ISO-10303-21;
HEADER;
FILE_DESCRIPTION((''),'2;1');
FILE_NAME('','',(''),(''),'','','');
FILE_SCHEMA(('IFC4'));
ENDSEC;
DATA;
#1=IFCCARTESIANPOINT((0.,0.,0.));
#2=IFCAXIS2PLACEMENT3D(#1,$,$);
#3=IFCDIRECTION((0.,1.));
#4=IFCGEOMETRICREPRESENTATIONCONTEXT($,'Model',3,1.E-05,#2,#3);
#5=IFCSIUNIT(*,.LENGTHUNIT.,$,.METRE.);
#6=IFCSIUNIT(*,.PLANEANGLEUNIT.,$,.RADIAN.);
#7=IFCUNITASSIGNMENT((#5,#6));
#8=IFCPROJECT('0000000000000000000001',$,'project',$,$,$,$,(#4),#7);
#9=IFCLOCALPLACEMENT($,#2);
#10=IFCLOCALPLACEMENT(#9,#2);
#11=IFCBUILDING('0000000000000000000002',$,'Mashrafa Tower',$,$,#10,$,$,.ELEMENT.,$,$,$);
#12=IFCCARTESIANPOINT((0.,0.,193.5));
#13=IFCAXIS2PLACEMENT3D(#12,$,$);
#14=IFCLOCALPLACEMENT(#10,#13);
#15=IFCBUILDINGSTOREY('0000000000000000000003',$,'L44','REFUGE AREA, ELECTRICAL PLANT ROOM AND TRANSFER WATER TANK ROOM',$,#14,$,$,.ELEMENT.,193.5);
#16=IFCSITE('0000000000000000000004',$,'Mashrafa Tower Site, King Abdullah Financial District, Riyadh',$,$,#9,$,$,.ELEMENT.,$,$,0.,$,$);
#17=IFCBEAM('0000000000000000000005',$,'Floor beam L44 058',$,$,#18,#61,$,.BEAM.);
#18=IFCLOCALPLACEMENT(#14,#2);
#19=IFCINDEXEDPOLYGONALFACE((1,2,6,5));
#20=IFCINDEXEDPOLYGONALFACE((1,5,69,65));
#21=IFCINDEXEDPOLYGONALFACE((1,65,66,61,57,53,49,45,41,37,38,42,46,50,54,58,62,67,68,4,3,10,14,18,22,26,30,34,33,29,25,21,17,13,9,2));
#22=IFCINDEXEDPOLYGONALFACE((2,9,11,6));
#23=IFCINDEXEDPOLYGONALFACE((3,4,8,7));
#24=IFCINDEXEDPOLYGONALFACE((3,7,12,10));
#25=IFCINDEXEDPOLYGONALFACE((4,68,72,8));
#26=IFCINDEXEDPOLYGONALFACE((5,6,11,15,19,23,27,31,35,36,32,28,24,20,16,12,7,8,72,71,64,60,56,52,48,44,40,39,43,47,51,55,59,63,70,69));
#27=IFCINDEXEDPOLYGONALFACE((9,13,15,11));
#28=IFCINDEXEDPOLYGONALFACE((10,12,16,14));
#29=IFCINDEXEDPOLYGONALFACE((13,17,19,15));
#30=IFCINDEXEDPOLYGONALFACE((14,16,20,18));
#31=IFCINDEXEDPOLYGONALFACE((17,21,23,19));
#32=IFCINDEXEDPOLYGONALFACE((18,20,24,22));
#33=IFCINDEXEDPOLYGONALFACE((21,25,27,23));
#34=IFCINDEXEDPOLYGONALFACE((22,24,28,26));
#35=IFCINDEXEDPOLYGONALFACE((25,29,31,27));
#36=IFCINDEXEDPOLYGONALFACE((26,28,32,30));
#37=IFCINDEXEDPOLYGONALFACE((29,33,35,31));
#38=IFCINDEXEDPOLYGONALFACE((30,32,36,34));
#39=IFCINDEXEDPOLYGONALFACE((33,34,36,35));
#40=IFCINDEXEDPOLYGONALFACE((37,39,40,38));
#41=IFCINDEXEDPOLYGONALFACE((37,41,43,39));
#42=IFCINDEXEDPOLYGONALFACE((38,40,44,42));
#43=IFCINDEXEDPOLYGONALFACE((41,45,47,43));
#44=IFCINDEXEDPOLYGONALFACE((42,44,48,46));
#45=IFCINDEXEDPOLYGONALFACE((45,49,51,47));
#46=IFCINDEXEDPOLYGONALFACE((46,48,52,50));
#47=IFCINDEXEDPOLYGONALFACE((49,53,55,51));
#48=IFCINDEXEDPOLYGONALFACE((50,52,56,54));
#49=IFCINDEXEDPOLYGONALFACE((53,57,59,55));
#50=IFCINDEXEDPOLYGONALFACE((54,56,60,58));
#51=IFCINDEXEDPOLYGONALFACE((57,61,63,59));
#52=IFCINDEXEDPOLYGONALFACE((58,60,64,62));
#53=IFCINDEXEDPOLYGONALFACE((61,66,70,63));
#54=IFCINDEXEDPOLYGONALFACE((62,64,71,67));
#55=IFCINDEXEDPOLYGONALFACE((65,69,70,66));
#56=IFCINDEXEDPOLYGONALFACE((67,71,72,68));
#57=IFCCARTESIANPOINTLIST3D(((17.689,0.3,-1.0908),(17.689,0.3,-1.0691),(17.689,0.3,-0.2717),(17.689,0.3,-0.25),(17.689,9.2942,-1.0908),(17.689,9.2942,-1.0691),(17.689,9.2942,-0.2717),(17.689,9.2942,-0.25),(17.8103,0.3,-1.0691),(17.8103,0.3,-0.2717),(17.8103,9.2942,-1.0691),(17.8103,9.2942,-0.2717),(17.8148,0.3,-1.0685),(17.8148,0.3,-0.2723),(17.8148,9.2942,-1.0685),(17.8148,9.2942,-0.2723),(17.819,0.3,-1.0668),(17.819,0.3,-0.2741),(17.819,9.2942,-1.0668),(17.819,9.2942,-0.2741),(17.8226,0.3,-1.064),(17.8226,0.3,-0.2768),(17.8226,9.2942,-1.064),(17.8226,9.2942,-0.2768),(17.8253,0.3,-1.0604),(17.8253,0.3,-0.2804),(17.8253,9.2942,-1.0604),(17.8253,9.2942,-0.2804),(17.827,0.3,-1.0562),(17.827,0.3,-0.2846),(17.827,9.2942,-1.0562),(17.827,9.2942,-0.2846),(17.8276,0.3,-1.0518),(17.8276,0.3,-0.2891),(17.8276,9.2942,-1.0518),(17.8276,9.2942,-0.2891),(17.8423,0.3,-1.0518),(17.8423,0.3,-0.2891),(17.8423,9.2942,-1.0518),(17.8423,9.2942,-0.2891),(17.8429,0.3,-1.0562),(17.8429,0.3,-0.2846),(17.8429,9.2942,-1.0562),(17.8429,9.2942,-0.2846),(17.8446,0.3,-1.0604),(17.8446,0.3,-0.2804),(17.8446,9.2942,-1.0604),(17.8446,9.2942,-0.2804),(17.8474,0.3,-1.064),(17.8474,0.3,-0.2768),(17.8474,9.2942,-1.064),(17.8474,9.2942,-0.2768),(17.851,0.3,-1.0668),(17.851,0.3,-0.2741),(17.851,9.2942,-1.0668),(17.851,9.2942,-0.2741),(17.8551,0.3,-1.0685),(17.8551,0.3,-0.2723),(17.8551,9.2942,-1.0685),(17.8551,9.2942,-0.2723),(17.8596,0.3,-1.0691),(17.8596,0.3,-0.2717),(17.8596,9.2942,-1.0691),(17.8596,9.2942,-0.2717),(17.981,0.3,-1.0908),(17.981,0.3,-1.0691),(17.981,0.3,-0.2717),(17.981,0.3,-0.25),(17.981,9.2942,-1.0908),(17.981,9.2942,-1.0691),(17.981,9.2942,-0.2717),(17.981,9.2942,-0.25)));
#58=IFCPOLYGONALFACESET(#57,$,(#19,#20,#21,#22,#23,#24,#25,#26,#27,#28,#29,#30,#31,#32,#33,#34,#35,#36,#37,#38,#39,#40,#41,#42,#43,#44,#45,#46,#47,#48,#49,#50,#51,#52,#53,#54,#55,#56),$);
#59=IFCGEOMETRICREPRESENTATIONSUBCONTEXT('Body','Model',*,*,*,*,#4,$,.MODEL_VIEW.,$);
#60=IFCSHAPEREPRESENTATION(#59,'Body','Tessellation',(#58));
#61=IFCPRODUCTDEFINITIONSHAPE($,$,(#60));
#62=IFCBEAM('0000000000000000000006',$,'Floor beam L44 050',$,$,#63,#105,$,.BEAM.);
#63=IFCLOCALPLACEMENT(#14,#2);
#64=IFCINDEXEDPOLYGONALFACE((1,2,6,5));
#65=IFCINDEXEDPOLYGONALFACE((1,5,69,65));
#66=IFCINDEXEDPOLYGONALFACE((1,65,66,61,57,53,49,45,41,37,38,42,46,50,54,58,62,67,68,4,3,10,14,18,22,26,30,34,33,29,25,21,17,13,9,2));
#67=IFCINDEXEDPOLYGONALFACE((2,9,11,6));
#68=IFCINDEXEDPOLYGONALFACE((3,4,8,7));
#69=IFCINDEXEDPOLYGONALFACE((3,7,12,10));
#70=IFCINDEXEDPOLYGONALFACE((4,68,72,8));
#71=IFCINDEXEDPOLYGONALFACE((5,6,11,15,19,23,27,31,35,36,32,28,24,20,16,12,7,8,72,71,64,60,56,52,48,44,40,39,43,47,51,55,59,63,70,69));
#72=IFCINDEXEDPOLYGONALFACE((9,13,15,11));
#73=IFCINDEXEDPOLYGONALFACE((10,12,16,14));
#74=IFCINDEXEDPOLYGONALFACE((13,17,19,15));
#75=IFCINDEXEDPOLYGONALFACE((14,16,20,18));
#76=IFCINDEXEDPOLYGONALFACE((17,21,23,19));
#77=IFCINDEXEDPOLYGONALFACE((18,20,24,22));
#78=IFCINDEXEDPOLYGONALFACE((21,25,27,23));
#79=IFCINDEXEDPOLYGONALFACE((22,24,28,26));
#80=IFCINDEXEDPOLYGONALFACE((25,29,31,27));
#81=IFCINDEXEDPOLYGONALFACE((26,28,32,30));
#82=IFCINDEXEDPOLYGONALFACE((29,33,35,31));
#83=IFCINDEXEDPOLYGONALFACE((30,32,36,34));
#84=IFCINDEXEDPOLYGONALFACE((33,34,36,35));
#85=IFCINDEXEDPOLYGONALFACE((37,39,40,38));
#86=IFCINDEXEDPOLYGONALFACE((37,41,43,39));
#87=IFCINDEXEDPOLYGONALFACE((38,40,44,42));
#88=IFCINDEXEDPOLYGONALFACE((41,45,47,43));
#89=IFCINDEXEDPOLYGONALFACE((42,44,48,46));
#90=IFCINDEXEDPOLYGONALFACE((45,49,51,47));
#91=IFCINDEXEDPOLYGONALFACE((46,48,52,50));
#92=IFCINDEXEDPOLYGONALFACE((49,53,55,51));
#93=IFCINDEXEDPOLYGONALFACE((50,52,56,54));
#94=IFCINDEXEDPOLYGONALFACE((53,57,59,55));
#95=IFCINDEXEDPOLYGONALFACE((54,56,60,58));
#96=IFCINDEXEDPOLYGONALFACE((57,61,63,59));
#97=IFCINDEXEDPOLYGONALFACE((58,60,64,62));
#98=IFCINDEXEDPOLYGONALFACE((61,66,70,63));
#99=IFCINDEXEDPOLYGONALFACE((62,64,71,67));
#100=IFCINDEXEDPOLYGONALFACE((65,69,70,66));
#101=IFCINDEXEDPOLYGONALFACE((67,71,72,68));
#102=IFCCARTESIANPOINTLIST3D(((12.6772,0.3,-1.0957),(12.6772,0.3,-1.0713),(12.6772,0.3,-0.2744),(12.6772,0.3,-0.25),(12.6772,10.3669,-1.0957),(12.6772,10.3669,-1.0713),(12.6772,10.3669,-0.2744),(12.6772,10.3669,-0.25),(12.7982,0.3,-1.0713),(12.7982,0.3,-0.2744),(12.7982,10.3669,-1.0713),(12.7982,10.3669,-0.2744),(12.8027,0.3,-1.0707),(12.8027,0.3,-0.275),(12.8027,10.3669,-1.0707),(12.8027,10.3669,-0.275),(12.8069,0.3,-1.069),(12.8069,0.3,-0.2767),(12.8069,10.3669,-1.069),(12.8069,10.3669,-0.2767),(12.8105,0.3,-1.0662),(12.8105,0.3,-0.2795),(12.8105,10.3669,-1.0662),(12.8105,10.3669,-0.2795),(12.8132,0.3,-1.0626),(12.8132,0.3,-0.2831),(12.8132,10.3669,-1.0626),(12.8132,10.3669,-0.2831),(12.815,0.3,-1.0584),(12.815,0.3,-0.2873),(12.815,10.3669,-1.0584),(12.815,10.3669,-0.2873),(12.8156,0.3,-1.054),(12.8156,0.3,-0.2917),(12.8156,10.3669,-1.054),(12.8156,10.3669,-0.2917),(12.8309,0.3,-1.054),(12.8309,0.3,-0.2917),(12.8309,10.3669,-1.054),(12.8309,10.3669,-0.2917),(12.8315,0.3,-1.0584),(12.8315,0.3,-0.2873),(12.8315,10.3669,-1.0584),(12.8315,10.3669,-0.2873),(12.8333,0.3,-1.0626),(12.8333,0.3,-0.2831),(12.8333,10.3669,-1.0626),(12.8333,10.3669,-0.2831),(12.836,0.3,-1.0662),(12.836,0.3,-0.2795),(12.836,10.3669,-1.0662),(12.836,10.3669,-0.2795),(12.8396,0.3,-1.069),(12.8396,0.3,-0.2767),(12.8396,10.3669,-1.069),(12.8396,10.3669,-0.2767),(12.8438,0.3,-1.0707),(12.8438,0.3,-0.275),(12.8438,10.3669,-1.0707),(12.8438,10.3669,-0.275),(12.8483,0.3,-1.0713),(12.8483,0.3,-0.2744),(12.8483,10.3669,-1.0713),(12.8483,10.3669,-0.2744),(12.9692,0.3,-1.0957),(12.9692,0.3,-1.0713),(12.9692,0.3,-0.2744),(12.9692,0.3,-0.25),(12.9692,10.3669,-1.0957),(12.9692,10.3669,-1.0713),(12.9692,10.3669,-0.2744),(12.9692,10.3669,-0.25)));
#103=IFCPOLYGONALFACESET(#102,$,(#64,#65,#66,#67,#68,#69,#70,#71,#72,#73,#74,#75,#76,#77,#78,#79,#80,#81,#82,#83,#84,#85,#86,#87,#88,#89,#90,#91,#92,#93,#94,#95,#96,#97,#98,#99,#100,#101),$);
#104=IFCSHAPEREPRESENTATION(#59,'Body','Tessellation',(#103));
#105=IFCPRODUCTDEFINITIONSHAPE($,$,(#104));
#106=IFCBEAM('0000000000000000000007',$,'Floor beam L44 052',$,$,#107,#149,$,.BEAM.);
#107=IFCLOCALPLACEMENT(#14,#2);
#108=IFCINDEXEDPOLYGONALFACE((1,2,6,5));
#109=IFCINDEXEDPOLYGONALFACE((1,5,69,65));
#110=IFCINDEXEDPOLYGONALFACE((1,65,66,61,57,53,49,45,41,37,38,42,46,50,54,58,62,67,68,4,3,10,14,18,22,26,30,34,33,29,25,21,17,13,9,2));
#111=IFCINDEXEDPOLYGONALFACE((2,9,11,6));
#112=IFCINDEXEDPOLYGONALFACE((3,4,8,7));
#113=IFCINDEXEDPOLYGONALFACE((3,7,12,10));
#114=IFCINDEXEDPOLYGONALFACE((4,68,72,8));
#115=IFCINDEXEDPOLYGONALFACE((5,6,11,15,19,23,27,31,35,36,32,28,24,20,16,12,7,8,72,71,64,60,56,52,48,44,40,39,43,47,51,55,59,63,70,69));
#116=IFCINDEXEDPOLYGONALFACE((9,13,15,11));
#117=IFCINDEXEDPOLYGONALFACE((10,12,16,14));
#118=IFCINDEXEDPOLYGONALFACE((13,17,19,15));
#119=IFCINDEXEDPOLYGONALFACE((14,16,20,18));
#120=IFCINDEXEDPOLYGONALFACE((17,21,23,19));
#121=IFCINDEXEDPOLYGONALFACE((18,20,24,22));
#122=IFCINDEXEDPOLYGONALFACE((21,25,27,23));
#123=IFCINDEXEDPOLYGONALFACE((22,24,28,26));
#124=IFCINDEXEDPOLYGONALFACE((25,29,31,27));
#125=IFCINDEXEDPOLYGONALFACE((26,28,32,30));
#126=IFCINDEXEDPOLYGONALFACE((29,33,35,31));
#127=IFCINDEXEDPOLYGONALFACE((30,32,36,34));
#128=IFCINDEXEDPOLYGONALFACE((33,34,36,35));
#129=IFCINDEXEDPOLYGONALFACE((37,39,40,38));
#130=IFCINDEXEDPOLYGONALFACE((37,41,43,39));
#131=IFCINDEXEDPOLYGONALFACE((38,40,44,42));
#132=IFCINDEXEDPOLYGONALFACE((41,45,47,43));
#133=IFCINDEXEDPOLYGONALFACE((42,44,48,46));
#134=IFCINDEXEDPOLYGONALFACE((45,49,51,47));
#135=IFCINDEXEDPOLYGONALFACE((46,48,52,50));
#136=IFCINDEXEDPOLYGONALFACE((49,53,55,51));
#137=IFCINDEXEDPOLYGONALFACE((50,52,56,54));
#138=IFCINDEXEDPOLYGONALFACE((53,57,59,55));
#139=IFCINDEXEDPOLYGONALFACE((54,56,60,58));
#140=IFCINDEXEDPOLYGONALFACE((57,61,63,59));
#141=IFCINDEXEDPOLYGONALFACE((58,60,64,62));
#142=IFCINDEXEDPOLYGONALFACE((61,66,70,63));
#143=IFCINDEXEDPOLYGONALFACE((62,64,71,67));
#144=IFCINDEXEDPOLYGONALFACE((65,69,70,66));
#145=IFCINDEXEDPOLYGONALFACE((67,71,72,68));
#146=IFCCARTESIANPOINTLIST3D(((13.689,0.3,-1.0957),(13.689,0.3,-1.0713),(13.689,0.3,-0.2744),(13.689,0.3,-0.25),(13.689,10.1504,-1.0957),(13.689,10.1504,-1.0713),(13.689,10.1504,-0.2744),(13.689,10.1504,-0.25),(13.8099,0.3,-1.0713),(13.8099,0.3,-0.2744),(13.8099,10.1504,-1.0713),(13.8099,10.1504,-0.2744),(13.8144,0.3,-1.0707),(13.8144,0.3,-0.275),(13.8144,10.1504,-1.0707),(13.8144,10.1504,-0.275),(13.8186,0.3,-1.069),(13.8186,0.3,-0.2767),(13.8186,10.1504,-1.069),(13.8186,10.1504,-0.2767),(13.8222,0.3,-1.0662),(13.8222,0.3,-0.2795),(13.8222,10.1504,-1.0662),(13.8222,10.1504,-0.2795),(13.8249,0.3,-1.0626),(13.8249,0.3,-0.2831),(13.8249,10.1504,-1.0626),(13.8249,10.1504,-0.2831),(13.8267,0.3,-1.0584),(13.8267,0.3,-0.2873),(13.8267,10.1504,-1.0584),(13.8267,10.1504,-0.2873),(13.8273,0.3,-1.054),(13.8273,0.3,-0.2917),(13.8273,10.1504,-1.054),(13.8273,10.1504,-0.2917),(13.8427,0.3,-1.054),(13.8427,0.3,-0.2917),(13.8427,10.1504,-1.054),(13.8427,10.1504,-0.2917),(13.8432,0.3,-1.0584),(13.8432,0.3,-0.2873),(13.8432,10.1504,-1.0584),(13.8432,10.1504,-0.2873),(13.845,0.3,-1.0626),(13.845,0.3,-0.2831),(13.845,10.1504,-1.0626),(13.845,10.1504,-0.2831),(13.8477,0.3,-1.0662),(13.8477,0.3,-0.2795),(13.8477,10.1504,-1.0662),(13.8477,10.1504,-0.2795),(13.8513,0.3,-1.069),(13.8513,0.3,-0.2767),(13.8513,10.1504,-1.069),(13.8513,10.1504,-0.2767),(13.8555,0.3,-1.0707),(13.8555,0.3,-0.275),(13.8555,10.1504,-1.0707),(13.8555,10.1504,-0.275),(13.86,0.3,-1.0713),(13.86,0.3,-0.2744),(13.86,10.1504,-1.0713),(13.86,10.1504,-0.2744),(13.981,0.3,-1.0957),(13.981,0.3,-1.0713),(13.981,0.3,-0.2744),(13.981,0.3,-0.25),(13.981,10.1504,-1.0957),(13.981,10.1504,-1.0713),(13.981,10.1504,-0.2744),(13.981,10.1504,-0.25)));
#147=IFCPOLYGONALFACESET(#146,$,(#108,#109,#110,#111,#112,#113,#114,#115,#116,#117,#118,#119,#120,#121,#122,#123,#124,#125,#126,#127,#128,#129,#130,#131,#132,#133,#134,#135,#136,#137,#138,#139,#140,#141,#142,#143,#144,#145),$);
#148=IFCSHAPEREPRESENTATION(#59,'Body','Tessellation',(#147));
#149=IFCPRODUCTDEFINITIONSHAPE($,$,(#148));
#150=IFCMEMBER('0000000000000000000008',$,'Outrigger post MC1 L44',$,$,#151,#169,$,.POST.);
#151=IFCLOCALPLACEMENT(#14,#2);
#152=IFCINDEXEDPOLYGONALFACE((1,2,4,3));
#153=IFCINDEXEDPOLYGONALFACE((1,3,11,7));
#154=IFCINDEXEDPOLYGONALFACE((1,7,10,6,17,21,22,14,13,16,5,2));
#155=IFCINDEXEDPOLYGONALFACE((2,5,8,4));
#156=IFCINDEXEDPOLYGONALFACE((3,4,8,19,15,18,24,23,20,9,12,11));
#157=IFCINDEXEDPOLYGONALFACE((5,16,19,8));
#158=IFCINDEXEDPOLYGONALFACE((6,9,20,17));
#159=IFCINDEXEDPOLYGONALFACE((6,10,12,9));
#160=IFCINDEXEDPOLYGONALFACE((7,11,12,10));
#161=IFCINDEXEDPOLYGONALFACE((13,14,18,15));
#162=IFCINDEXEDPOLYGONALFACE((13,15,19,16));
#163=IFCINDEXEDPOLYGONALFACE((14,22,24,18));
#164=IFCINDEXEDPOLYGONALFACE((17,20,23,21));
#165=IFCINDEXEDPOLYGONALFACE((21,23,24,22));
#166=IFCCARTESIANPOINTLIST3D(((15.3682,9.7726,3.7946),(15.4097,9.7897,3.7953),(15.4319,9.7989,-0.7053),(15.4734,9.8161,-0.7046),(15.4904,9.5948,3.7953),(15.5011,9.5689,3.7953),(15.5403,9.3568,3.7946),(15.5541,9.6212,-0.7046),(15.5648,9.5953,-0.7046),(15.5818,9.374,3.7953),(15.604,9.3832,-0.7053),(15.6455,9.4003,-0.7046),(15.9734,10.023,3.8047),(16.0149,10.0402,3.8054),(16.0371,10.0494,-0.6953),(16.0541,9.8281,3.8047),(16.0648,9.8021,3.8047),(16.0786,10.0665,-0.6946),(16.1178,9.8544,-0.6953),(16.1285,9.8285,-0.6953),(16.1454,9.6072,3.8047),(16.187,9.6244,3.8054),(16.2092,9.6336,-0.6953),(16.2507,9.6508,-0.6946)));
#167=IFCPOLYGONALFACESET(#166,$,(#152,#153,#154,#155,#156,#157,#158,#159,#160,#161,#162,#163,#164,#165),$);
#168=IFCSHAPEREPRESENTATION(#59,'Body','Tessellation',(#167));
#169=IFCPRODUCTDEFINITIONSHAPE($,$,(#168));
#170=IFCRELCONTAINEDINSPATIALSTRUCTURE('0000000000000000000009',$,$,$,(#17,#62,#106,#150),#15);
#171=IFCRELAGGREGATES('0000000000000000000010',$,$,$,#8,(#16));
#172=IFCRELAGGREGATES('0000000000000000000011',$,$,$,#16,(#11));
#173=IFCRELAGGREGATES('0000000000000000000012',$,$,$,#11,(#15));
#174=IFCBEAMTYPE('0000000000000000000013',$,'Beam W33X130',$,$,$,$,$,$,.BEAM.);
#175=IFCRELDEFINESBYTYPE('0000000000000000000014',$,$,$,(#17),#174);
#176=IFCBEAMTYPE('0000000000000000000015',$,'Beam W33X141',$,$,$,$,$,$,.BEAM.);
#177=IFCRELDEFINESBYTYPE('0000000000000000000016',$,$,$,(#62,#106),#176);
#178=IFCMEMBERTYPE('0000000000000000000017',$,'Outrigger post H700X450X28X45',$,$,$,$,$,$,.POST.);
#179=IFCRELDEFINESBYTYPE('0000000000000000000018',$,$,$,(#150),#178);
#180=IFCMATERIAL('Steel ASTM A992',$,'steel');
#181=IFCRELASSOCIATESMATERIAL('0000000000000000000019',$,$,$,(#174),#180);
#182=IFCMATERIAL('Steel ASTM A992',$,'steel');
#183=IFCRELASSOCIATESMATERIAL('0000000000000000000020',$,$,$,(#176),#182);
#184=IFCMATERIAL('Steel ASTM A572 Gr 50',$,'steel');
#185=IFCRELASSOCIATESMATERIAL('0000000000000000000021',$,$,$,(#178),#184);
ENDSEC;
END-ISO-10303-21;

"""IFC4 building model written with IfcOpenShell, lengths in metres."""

from ifc_helpers import new_model, si_unit, direction, frame, origin, origin_2d, place, context, subcontext, project, spatial, i_section, extrude, source, transform, mapped, material, material_profile, profile_set, type_object, type_shapes, element, save


model = new_model("IFC4")

# Units and contexts
model_context = context("Model", 3, precision=1e-05, world=origin(), true_north=direction((0.0, 1.0)))
body_context = subcontext(model_context, "Body", "Model", "MODEL_VIEW")
ifc_project = project(units=[si_unit("LENGTHUNIT", "METRE"), si_unit("PLANEANGLEUNIT", "RADIAN")], contexts=[model_context])

# Site, building, storey
site_placement = place(None, origin())
site = spatial("IfcSite", under=ifc_project, at=site_placement, Name="Mashrafa Tower Site, King Abdullah Financial District, Riyadh", CompositionType="ELEMENT", RefElevation=0.0)
building_placement = place(site_placement, origin())
building = spatial("IfcBuilding", under=site, at=building_placement, Name="Mashrafa Tower", CompositionType="ELEMENT")
storey_placement = place(building_placement, frame((0.0, 0.0, 193.5)))
storey = spatial("IfcBuildingStorey", under=building, at=storey_placement, Name="L44", Description="REFUGE AREA, ELECTRICAL PLANT ROOM AND TRANSFER WATER TANK ROOM", CompositionType="ELEMENT", Elevation=193.5)

# Beams
ifc_material_1 = material(Name="Steel ASTM A992", Category="steel")
ifc_material_profile_1 = material_profile(ifc_material_1, i_section(OverallWidth=0.292, OverallDepth=0.8408, WebThickness=0.0146, FlangeThickness=0.0217, FilletRadius=0.0173, at=origin_2d()), Name="W33X130")
ifc_profile_set_1 = profile_set([ifc_material_profile_1], Name="Steel ASTM A992")
beam_type_1 = type_object("IfcBeamType", Name="Beam W33X130", PredefinedType="BEAM", material=ifc_profile_set_1)
beam_1_placement = place(storey_placement, frame((17.835, 9.2942, -0.6704), z_axis=(0.0, -1.0, 0.0), x_axis=(1.0, 0.0, 0.0)))
element("IfcBeam", 1, at=beam_1_placement, inside=storey, type_object=beam_type_1, Name="Floor beam L44 058", PredefinedType="BEAM", context=body_context, shape_type="SweptSolid", body=[
    extrude(i_section(OverallWidth=0.292, OverallDepth=0.8408, WebThickness=0.0146, FlangeThickness=0.0217, FilletRadius=0.0173, at=origin_2d()), origin(), (0.0, 0.0, 1.0), 8.9941),
])
ifc_material_2 = material(Name="Steel ASTM A992", Category="steel")
ifc_material_profile_2 = material_profile(ifc_material_2, i_section(OverallWidth=0.292, OverallDepth=0.8457, WebThickness=0.0154, FlangeThickness=0.0244, FilletRadius=0.0173, at=origin_2d()), Name="W33X141")
ifc_profile_set_2 = profile_set([ifc_material_profile_2], Name="Steel ASTM A992")
beam_type_2 = type_object("IfcBeamType", Name="Beam W33X141", PredefinedType="BEAM", material=ifc_profile_set_2)
beam_2_placement = place(storey_placement, frame((12.8232, 10.3669, -0.6729), z_axis=(0.0, -1.0, 0.0), x_axis=(1.0, 0.0, 0.0)))
element("IfcBeam", 2, at=beam_2_placement, inside=storey, type_object=beam_type_2, Name="Floor beam L44 050", PredefinedType="BEAM", context=body_context, shape_type="SweptSolid", body=[
    extrude(i_section(OverallWidth=0.292, OverallDepth=0.8457, WebThickness=0.0154, FlangeThickness=0.0244, FilletRadius=0.0173, at=origin_2d()), origin(), (0.0, 0.0, 1.0), 10.0669),
])
beam_3_placement = place(storey_placement, frame((13.835, 10.1504, -0.6729), z_axis=(0.0, -1.0, 0.0), x_axis=(1.0, 0.0, 0.0)))
element("IfcBeam", 3, at=beam_3_placement, inside=storey, type_object=beam_type_2, Name="Floor beam L44 052", PredefinedType="BEAM", context=body_context, shape_type="SweptSolid", body=[
    extrude(i_section(OverallWidth=0.292, OverallDepth=0.8457, WebThickness=0.0154, FlangeThickness=0.0244, FilletRadius=0.0173, at=origin_2d()), origin(), (0.0, 0.0, 1.0), 9.8503),
])

# Member
ifc_material_3 = material(Name="Steel ASTM A572 Gr 50", Category="steel")
ifc_material_profile_3 = material_profile(ifc_material_3, i_section(OverallWidth=0.45, OverallDepth=0.7, WebThickness=0.0281, FlangeThickness=0.0449, at=origin_2d()), Name="H700X450X28X45")
ifc_profile_set_3 = profile_set([ifc_material_profile_3], Name="Steel ASTM A572 Gr 50")
member_type_1 = type_object("IfcMemberType", Name="Outrigger post H700X450X28X45", PredefinedType="POST", material=ifc_profile_set_3)
shared_shape_1 = source(origin(), body_context, "Body", "SweptSolid", [
    extrude(i_section(OverallWidth=0.45, OverallDepth=0.7, WebThickness=0.0281, FlangeThickness=0.0449, at=origin_2d()), origin(), (0.0, 0.0, 1.0), 4.5005),
])
type_shapes(member_type_1, [shared_shape_1])
member_1_placement = place(storey_placement, frame((15.8413, 9.7249, -0.7), z_axis=(-0.014158, -0.005859, 0.999883), x_axis=(0.382352, -0.924017, 0.0)))
element("IfcMember", 4, at=member_1_placement, inside=storey, type_object=member_type_1, Name="Outrigger post MC1 L44", PredefinedType="POST", context=body_context, shape_type="MappedRepresentation", body=[
    mapped(shared_shape_1, transform((0.0, 0.0, 0.0))),
])

save(model, "model.ifc")
